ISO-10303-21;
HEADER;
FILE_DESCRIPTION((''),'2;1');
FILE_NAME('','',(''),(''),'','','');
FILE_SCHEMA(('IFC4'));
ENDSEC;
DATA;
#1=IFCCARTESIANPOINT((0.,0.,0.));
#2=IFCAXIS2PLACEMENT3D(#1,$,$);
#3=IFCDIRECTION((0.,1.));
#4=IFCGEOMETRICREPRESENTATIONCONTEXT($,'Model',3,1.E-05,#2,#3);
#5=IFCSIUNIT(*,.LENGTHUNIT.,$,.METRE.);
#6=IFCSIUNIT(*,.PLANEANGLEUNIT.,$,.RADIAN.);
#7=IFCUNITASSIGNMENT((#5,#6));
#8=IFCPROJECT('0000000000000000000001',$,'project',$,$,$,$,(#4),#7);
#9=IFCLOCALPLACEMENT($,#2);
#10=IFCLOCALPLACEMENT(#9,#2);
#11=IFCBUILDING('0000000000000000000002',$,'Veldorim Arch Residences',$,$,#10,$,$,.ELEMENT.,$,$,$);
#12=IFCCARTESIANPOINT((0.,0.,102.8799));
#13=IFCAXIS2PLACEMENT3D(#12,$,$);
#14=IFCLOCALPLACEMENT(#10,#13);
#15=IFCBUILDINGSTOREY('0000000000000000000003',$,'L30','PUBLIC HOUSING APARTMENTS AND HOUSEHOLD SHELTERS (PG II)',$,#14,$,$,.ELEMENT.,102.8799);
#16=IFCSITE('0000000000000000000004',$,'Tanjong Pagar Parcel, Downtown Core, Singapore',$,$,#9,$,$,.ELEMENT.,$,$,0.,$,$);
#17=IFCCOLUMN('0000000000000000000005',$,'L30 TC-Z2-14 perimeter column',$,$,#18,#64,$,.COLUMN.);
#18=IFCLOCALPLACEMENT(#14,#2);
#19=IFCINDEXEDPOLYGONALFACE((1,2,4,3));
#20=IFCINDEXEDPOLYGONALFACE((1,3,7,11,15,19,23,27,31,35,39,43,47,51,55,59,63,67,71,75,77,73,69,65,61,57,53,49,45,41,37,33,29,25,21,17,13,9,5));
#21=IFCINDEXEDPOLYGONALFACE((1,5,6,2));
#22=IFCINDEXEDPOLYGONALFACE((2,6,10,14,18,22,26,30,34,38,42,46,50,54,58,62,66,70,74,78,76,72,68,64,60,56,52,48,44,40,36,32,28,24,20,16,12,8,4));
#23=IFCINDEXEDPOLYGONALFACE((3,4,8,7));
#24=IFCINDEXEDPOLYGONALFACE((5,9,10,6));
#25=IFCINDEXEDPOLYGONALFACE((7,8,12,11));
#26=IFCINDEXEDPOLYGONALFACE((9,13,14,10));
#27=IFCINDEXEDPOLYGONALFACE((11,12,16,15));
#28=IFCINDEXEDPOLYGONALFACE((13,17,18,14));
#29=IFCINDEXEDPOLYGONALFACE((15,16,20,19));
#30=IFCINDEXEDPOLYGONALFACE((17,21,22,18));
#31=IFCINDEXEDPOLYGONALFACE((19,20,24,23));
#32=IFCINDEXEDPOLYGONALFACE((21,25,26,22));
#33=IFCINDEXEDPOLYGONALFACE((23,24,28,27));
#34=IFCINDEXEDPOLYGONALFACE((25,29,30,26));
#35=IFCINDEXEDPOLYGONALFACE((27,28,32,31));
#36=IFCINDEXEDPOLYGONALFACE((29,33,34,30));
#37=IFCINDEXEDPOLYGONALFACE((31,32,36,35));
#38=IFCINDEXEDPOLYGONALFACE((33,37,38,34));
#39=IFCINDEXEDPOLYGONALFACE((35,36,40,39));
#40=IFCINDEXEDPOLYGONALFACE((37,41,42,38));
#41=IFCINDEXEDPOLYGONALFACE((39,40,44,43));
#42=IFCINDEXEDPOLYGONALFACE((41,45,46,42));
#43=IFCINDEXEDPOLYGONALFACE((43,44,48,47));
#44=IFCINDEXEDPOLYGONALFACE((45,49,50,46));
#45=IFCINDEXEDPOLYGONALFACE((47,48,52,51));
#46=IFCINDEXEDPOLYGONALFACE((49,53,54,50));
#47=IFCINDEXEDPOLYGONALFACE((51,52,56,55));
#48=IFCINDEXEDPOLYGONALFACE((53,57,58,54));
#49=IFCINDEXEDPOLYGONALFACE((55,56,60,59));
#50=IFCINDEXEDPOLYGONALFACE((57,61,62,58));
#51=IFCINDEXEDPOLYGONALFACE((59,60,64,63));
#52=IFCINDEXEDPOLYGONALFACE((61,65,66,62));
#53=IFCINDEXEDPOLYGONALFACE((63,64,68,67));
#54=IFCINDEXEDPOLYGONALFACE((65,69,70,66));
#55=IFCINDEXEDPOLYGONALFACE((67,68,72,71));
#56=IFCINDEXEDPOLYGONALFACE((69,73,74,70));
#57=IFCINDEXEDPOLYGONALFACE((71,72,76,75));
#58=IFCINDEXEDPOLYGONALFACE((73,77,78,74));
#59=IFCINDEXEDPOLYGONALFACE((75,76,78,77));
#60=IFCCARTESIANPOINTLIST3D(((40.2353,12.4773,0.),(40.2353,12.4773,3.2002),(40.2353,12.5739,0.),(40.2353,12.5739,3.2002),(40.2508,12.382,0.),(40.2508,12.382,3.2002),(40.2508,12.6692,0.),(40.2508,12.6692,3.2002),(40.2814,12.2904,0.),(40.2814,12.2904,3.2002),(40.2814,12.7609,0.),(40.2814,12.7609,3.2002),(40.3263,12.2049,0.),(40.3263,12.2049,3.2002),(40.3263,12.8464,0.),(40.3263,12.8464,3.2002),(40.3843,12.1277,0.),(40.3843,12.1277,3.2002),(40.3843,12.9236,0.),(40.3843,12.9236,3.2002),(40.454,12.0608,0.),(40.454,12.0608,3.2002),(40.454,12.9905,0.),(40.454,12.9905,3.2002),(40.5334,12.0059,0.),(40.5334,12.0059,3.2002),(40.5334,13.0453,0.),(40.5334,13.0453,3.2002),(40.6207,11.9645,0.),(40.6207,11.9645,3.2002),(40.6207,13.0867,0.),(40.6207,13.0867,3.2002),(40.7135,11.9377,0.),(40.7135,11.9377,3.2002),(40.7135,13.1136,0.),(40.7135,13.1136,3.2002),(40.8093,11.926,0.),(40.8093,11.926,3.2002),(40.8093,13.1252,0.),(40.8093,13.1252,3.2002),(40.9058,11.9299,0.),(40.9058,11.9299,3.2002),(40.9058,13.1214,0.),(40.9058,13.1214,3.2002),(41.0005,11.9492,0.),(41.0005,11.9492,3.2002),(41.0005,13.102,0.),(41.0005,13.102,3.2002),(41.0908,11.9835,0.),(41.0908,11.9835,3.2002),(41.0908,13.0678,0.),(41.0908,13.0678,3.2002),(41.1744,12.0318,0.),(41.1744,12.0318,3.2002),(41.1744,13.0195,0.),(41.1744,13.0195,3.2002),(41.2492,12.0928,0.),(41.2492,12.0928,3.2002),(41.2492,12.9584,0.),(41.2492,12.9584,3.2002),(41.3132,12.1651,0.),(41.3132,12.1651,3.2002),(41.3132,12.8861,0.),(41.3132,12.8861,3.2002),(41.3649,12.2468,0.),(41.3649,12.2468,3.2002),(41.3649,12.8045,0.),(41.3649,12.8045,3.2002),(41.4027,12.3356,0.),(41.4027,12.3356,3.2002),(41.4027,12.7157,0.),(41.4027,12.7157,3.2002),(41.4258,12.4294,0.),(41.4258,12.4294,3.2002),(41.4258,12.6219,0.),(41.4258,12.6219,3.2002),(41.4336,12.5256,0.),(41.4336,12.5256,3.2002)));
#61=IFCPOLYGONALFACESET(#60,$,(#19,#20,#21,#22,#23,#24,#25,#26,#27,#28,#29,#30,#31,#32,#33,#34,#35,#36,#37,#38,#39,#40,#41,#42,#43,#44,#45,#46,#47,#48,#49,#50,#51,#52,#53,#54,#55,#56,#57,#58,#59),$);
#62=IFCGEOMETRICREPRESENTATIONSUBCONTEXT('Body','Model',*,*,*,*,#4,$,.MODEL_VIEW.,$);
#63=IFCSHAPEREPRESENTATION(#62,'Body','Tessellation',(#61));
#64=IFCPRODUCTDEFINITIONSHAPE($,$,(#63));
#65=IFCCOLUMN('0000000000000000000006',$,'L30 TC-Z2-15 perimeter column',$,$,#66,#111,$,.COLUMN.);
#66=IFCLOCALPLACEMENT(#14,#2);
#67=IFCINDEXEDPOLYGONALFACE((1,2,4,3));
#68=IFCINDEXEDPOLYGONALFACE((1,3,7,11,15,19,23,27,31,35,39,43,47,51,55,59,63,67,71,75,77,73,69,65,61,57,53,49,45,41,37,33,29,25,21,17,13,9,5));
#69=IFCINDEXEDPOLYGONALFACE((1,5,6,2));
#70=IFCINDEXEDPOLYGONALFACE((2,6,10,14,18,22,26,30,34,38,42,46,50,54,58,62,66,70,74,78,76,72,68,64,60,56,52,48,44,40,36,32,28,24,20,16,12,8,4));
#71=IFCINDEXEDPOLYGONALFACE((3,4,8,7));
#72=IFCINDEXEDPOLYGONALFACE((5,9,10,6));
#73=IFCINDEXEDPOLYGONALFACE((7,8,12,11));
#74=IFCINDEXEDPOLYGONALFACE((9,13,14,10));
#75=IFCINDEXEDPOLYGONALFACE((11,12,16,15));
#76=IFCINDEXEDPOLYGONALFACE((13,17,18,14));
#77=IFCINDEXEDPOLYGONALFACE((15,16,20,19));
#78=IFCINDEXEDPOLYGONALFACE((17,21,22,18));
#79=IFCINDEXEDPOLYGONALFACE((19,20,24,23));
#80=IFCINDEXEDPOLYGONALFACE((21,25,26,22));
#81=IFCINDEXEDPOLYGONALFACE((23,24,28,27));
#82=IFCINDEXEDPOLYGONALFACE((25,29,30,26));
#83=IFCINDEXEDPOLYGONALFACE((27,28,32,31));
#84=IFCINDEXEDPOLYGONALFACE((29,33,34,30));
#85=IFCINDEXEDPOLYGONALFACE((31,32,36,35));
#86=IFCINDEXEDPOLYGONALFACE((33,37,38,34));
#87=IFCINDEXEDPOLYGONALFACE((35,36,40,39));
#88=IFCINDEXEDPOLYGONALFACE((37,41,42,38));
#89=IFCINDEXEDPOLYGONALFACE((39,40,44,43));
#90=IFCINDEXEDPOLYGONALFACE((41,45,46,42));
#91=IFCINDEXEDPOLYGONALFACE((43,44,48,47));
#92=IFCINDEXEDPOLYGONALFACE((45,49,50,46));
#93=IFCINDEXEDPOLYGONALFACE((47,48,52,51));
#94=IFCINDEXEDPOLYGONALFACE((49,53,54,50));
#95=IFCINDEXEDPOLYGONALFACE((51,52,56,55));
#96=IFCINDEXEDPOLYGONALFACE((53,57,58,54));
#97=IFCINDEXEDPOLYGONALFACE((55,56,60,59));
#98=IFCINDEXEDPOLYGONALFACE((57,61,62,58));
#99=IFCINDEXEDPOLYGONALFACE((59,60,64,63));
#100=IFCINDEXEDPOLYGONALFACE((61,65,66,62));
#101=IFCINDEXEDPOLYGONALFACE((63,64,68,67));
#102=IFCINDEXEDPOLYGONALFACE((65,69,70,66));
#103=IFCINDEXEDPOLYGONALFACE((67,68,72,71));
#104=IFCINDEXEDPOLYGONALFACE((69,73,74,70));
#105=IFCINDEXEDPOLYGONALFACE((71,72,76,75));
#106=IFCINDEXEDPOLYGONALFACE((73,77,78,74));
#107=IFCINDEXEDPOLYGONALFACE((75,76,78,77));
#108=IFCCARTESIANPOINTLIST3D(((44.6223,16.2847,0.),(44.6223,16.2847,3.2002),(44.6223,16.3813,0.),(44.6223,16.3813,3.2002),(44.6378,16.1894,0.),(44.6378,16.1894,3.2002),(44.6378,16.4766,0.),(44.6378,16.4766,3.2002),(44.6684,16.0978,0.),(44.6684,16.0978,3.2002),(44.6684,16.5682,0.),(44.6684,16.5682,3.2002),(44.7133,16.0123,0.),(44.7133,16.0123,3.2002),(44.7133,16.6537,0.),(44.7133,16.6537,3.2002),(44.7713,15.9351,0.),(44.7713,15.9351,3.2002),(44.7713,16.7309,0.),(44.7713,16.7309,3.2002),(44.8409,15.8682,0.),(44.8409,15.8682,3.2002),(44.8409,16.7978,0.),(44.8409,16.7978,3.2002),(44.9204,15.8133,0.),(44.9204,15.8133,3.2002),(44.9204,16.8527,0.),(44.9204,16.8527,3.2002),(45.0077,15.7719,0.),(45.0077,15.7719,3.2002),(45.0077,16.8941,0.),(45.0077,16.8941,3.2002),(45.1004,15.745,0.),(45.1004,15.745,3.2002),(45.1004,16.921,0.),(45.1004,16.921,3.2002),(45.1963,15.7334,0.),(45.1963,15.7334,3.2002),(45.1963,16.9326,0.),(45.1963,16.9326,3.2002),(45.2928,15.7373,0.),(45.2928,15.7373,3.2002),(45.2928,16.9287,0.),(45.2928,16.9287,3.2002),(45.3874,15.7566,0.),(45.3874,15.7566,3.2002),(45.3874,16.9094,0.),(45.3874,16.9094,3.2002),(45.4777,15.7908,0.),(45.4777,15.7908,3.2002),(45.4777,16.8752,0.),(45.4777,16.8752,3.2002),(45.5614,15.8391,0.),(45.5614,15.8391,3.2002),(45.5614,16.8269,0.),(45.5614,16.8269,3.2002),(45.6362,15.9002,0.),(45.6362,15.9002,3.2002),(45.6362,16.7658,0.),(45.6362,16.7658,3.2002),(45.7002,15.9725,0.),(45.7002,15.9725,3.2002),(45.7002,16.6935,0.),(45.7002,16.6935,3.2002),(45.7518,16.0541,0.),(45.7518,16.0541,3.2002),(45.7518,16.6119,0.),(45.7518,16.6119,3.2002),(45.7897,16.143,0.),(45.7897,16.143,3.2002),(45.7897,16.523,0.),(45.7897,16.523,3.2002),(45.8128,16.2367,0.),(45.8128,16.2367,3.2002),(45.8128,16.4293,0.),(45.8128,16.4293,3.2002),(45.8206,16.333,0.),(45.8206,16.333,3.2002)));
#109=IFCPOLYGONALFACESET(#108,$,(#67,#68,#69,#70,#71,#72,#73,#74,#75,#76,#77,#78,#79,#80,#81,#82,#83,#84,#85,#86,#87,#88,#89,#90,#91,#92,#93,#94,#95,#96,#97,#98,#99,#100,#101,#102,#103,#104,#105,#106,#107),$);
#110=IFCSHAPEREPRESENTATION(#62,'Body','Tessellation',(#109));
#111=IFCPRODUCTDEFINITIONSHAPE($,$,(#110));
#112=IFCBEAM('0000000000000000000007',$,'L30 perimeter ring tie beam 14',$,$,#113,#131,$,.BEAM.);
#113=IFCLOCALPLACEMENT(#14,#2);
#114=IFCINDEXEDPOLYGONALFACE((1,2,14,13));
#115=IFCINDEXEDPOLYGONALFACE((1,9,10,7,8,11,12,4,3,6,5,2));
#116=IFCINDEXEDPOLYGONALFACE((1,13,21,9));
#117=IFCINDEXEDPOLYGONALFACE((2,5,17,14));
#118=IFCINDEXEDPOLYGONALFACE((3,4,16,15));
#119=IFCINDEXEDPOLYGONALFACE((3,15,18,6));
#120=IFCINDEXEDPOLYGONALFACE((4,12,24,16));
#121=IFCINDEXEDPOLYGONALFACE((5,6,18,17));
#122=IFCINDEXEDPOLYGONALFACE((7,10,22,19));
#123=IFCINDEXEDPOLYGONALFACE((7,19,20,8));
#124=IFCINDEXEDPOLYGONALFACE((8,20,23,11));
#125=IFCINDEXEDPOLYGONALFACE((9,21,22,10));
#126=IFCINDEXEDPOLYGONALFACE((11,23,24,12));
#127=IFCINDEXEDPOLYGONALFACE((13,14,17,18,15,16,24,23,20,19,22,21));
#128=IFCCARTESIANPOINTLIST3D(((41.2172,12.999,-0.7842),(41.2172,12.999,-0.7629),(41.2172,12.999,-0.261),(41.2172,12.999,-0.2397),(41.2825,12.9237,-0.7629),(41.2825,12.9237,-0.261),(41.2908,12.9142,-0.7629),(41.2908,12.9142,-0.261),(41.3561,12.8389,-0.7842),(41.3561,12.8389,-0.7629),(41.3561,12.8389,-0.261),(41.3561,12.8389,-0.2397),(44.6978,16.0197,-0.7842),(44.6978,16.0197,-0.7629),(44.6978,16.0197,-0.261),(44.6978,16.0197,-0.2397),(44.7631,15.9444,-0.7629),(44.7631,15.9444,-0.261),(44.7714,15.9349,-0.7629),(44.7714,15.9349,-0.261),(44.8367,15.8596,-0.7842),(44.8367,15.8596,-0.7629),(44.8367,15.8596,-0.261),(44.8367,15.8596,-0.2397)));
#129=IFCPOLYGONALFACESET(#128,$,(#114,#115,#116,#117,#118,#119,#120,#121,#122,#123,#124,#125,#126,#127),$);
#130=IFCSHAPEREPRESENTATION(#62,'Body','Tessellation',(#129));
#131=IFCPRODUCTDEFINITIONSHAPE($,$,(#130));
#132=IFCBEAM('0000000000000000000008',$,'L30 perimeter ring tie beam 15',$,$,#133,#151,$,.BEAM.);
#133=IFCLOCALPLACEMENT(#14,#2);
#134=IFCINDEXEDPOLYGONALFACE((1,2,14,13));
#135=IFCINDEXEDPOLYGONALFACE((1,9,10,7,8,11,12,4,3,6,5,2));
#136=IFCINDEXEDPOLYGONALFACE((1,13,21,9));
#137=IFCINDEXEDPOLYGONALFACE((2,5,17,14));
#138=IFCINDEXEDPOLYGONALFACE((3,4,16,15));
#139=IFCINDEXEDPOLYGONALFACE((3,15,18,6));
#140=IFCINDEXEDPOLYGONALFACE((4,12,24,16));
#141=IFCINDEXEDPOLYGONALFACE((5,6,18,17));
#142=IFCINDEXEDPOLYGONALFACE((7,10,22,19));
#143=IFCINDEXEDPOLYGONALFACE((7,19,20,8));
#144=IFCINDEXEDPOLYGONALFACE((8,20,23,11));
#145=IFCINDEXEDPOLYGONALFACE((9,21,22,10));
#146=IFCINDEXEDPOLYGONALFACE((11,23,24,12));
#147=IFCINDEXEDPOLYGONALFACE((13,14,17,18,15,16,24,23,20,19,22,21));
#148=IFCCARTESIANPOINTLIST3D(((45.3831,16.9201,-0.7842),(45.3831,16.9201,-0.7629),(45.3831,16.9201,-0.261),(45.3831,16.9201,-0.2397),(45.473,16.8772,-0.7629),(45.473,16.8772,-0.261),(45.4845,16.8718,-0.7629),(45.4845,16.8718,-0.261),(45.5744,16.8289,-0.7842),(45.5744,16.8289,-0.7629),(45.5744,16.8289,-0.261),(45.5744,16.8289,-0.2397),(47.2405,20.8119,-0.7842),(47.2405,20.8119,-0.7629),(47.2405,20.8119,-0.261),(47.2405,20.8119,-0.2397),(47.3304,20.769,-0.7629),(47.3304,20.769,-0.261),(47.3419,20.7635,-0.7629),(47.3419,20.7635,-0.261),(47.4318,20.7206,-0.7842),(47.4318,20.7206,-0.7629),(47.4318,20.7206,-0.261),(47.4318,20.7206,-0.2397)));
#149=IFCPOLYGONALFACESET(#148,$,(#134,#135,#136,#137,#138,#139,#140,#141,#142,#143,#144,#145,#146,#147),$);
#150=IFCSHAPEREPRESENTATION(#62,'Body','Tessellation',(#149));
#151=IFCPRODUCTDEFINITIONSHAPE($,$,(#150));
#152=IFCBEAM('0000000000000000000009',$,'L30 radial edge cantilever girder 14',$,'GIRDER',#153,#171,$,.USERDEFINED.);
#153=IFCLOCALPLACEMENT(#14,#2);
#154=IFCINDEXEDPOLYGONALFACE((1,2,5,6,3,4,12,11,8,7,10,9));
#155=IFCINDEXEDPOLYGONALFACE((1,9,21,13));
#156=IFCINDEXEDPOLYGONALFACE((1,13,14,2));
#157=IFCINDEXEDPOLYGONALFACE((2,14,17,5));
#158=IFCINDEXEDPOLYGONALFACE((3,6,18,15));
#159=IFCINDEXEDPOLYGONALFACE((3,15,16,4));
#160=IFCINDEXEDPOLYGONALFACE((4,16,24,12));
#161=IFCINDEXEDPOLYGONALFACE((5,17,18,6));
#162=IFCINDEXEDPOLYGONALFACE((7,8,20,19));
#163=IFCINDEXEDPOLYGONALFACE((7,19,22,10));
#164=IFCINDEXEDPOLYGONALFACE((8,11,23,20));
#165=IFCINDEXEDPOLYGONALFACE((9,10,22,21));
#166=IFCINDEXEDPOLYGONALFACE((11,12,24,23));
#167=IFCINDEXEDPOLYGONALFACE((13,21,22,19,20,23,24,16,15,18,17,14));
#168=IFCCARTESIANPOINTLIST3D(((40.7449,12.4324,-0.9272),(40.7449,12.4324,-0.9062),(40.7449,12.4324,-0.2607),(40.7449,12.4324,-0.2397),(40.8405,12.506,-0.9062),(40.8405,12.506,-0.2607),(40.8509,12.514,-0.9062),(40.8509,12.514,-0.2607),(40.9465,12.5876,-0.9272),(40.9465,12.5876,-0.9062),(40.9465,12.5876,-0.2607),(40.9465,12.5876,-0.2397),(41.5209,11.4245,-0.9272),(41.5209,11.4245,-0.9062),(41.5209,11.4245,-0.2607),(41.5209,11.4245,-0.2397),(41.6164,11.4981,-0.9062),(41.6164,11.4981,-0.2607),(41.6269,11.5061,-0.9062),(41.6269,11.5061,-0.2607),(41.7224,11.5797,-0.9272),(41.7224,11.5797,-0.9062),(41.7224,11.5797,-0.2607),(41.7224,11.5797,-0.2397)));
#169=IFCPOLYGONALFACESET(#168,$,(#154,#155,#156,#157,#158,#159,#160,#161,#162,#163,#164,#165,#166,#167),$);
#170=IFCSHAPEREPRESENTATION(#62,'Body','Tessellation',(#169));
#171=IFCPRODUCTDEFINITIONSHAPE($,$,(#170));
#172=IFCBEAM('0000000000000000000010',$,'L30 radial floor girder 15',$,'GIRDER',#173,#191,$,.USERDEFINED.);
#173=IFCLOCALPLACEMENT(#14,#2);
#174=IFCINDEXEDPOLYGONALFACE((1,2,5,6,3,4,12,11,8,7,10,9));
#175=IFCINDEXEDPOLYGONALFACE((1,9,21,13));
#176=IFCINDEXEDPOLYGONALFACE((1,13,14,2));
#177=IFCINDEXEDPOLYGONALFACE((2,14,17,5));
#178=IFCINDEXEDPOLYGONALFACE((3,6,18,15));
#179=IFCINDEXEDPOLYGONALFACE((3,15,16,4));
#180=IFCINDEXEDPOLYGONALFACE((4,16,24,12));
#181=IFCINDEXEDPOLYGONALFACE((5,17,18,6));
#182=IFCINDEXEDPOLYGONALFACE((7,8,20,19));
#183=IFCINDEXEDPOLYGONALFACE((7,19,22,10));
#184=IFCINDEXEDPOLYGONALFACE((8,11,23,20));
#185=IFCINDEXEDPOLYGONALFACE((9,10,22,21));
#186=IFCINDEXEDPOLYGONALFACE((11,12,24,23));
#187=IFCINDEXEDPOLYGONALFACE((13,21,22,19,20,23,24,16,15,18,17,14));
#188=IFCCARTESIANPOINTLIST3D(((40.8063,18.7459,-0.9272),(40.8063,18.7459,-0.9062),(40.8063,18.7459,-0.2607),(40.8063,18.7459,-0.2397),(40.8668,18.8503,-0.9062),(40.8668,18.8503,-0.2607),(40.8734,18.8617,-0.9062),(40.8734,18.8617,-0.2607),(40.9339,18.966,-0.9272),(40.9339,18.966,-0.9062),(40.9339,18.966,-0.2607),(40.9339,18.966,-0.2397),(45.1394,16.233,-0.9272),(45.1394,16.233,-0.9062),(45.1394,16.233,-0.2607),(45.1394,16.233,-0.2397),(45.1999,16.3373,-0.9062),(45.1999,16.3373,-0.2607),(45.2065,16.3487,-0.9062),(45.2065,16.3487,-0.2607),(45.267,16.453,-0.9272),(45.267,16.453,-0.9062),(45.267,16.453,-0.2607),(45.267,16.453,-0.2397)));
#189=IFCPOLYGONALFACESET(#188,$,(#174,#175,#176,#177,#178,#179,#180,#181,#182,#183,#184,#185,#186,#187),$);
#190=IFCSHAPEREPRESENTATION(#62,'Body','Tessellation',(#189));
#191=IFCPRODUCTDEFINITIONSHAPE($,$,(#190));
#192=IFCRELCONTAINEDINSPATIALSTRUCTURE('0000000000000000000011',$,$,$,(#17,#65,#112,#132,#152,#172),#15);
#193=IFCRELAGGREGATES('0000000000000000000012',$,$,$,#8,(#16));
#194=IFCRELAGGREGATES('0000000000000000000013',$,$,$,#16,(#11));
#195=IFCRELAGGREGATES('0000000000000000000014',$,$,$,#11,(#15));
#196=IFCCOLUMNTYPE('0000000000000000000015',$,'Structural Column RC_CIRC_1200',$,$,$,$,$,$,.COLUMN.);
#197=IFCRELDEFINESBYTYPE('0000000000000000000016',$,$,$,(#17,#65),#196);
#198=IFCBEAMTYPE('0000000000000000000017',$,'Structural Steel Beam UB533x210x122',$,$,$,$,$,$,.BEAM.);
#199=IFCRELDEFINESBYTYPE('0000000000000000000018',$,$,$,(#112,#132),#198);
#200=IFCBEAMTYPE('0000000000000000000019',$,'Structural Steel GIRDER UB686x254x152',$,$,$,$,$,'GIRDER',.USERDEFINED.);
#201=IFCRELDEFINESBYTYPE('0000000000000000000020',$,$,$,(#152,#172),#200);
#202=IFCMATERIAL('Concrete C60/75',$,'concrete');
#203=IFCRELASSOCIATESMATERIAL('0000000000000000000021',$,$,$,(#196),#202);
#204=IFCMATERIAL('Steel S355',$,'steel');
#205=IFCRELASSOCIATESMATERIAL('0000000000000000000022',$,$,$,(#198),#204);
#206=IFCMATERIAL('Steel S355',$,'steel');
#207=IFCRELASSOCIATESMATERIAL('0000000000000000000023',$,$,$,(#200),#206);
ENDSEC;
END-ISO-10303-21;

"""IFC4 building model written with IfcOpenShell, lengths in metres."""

from ifc_helpers import new_model, si_unit, direction, frame, origin, origin_2d, place, context, subcontext, project, spatial, circle, i_section, extrude, material, material_profile, profile_set, type_object, element, save


model = new_model("IFC4")

# Units and contexts
model_context = context("Model", 3, precision=1e-05, world=origin(), true_north=direction((0.0, 1.0)))
body_context = subcontext(model_context, "Body", "Model", "MODEL_VIEW")
ifc_project = project(units=[si_unit("LENGTHUNIT", "METRE"), si_unit("PLANEANGLEUNIT", "RADIAN")], contexts=[model_context])

# Site, building, storey
site_placement = place(None, origin())
site = spatial("IfcSite", under=ifc_project, at=site_placement, Name="Tanjong Pagar Parcel, Downtown Core, Singapore", CompositionType="ELEMENT", RefElevation=0.0)
building_placement = place(site_placement, origin())
building = spatial("IfcBuilding", under=site, at=building_placement, Name="Veldorim Arch Residences", CompositionType="ELEMENT")
storey_placement = place(building_placement, frame((0.0, 0.0, 102.8799)))
storey = spatial("IfcBuildingStorey", under=building, at=storey_placement, Name="L30", Description="PUBLIC HOUSING APARTMENTS AND HOUSEHOLD SHELTERS (PG II)", CompositionType="ELEMENT", Elevation=102.8799)

# Columns
ifc_material_1 = material(Name="Concrete C60/75", Category="concrete")
ifc_material_profile_1 = material_profile(ifc_material_1, circle(Radius=0.6001, at=origin_2d()), Name="RC_CIRC_1200")
ifc_profile_set_1 = profile_set([ifc_material_profile_1], Name="Concrete C60/75")
column_type = type_object("IfcColumnType", Name="Structural Column RC_CIRC_1200", PredefinedType="COLUMN", material=ifc_profile_set_1)
for number, where, z_axis, x_axis, name in (
    (1, (40.8335, 12.5256, 0.0), (0.0, 0.0, 1.0), (1.0, 0.0, 0.0), "L30 TC-Z2-14 perimeter column"),
    (2, (45.2205, 16.333, 0.0), (0.0, 0.0, 1.0), (1.0, 0.0, 0.0), "L30 TC-Z2-15 perimeter column"),
):
    element("IfcColumn", number, at=place(storey_placement, frame(where, z_axis=z_axis, x_axis=x_axis)), inside=storey, type_object=column_type, Name=name, PredefinedType="COLUMN", context=body_context, shape_type="SweptSolid", body=[
        extrude(circle(Radius=0.6001, at=origin_2d()), origin(), (0.0, 0.0, 1.0), 3.2002),
    ])

# Beams
ifc_material_2 = material(Name="Steel S355", Category="steel")
ifc_material_profile_2 = material_profile(ifc_material_2, i_section(OverallWidth=0.2119, OverallDepth=0.5444, WebThickness=0.0127, FlangeThickness=0.0212, at=origin_2d()), Name="UB533x210x122")
ifc_profile_set_2 = profile_set([ifc_material_profile_2], Name="Steel S355")
beam_type_1 = type_object("IfcBeamType", Name="Structural Steel Beam UB533x210x122", PredefinedType="BEAM", material=ifc_profile_set_2)
beam_1_placement = place(storey_placement, frame((41.2866, 12.9189, -0.512), z_axis=(0.755245, 0.655443, 0.0), x_axis=(-0.655443, 0.755245, 0.0)))
element("IfcBeam", 3, at=beam_1_placement, inside=storey, type_object=beam_type_1, Name="L30 perimeter ring tie beam 14", PredefinedType="BEAM", context=body_context, shape_type="SweptSolid", body=[
    extrude(i_section(OverallWidth=0.2119, OverallDepth=0.5444, WebThickness=0.0127, FlangeThickness=0.0212, at=origin_2d()), origin(), (0.0, 0.0, 1.0), 4.6086),
])
beam_2_placement = place(storey_placement, frame((45.4788, 16.8745, -0.512), z_axis=(0.43072, 0.902486, 0.0), x_axis=(-0.902486, 0.43072, 0.0)))
element("IfcBeam", 4, at=beam_2_placement, inside=storey, type_object=beam_type_1, Name="L30 perimeter ring tie beam 15", PredefinedType="BEAM", context=body_context, shape_type="SweptSolid", body=[
    extrude(i_section(OverallWidth=0.2119, OverallDepth=0.5444, WebThickness=0.0127, FlangeThickness=0.0212, at=origin_2d()), origin(), (0.0, 0.0, 1.0), 4.3123),
])
ifc_material_3 = material(Name="Steel S355", Category="steel")
ifc_material_profile_3 = material_profile(ifc_material_3, i_section(OverallWidth=0.2544, OverallDepth=0.6875, WebThickness=0.0132, FlangeThickness=0.021, at=origin_2d()), Name="UB686x254x152")
ifc_profile_set_3 = profile_set([ifc_material_profile_3], Name="Steel S355")
beam_type_2 = type_object("IfcBeamType", Name="Structural Steel GIRDER UB686x254x152", ElementType="GIRDER", PredefinedType="USERDEFINED", material=ifc_profile_set_3)
beam_3_placement = place(storey_placement, frame((40.8457, 12.51, -0.5835), z_axis=(0.610026, -0.792381, 0.0), x_axis=(0.792381, 0.610026, 0.0)))
element("IfcBeam", 5, at=beam_3_placement, inside=storey, type_object=beam_type_2, Name="L30 radial edge cantilever girder 14", ObjectType="GIRDER", PredefinedType="USERDEFINED", context=body_context, shape_type="SweptSolid", body=[
    extrude(i_section(OverallWidth=0.2544, OverallDepth=0.6875, WebThickness=0.0132, FlangeThickness=0.021, at=origin_2d()), origin(), (0.0, 0.0, 1.0), 1.272),
])
beam_4_placement = place(storey_placement, frame((40.8701, 18.856, -0.5835), z_axis=(0.865049, -0.501687, 0.0), x_axis=(0.501687, 0.865049, 0.0)))
element("IfcBeam", 6, at=beam_4_placement, inside=storey, type_object=beam_type_2, Name="L30 radial floor girder 15", ObjectType="GIRDER", PredefinedType="USERDEFINED", context=body_context, shape_type="SweptSolid", body=[
    extrude(i_section(OverallWidth=0.2544, OverallDepth=0.6875, WebThickness=0.0132, FlangeThickness=0.021, at=origin_2d()), origin(), (0.0, 0.0, 1.0), 5.009),
])

save(model, "model.ifc")
